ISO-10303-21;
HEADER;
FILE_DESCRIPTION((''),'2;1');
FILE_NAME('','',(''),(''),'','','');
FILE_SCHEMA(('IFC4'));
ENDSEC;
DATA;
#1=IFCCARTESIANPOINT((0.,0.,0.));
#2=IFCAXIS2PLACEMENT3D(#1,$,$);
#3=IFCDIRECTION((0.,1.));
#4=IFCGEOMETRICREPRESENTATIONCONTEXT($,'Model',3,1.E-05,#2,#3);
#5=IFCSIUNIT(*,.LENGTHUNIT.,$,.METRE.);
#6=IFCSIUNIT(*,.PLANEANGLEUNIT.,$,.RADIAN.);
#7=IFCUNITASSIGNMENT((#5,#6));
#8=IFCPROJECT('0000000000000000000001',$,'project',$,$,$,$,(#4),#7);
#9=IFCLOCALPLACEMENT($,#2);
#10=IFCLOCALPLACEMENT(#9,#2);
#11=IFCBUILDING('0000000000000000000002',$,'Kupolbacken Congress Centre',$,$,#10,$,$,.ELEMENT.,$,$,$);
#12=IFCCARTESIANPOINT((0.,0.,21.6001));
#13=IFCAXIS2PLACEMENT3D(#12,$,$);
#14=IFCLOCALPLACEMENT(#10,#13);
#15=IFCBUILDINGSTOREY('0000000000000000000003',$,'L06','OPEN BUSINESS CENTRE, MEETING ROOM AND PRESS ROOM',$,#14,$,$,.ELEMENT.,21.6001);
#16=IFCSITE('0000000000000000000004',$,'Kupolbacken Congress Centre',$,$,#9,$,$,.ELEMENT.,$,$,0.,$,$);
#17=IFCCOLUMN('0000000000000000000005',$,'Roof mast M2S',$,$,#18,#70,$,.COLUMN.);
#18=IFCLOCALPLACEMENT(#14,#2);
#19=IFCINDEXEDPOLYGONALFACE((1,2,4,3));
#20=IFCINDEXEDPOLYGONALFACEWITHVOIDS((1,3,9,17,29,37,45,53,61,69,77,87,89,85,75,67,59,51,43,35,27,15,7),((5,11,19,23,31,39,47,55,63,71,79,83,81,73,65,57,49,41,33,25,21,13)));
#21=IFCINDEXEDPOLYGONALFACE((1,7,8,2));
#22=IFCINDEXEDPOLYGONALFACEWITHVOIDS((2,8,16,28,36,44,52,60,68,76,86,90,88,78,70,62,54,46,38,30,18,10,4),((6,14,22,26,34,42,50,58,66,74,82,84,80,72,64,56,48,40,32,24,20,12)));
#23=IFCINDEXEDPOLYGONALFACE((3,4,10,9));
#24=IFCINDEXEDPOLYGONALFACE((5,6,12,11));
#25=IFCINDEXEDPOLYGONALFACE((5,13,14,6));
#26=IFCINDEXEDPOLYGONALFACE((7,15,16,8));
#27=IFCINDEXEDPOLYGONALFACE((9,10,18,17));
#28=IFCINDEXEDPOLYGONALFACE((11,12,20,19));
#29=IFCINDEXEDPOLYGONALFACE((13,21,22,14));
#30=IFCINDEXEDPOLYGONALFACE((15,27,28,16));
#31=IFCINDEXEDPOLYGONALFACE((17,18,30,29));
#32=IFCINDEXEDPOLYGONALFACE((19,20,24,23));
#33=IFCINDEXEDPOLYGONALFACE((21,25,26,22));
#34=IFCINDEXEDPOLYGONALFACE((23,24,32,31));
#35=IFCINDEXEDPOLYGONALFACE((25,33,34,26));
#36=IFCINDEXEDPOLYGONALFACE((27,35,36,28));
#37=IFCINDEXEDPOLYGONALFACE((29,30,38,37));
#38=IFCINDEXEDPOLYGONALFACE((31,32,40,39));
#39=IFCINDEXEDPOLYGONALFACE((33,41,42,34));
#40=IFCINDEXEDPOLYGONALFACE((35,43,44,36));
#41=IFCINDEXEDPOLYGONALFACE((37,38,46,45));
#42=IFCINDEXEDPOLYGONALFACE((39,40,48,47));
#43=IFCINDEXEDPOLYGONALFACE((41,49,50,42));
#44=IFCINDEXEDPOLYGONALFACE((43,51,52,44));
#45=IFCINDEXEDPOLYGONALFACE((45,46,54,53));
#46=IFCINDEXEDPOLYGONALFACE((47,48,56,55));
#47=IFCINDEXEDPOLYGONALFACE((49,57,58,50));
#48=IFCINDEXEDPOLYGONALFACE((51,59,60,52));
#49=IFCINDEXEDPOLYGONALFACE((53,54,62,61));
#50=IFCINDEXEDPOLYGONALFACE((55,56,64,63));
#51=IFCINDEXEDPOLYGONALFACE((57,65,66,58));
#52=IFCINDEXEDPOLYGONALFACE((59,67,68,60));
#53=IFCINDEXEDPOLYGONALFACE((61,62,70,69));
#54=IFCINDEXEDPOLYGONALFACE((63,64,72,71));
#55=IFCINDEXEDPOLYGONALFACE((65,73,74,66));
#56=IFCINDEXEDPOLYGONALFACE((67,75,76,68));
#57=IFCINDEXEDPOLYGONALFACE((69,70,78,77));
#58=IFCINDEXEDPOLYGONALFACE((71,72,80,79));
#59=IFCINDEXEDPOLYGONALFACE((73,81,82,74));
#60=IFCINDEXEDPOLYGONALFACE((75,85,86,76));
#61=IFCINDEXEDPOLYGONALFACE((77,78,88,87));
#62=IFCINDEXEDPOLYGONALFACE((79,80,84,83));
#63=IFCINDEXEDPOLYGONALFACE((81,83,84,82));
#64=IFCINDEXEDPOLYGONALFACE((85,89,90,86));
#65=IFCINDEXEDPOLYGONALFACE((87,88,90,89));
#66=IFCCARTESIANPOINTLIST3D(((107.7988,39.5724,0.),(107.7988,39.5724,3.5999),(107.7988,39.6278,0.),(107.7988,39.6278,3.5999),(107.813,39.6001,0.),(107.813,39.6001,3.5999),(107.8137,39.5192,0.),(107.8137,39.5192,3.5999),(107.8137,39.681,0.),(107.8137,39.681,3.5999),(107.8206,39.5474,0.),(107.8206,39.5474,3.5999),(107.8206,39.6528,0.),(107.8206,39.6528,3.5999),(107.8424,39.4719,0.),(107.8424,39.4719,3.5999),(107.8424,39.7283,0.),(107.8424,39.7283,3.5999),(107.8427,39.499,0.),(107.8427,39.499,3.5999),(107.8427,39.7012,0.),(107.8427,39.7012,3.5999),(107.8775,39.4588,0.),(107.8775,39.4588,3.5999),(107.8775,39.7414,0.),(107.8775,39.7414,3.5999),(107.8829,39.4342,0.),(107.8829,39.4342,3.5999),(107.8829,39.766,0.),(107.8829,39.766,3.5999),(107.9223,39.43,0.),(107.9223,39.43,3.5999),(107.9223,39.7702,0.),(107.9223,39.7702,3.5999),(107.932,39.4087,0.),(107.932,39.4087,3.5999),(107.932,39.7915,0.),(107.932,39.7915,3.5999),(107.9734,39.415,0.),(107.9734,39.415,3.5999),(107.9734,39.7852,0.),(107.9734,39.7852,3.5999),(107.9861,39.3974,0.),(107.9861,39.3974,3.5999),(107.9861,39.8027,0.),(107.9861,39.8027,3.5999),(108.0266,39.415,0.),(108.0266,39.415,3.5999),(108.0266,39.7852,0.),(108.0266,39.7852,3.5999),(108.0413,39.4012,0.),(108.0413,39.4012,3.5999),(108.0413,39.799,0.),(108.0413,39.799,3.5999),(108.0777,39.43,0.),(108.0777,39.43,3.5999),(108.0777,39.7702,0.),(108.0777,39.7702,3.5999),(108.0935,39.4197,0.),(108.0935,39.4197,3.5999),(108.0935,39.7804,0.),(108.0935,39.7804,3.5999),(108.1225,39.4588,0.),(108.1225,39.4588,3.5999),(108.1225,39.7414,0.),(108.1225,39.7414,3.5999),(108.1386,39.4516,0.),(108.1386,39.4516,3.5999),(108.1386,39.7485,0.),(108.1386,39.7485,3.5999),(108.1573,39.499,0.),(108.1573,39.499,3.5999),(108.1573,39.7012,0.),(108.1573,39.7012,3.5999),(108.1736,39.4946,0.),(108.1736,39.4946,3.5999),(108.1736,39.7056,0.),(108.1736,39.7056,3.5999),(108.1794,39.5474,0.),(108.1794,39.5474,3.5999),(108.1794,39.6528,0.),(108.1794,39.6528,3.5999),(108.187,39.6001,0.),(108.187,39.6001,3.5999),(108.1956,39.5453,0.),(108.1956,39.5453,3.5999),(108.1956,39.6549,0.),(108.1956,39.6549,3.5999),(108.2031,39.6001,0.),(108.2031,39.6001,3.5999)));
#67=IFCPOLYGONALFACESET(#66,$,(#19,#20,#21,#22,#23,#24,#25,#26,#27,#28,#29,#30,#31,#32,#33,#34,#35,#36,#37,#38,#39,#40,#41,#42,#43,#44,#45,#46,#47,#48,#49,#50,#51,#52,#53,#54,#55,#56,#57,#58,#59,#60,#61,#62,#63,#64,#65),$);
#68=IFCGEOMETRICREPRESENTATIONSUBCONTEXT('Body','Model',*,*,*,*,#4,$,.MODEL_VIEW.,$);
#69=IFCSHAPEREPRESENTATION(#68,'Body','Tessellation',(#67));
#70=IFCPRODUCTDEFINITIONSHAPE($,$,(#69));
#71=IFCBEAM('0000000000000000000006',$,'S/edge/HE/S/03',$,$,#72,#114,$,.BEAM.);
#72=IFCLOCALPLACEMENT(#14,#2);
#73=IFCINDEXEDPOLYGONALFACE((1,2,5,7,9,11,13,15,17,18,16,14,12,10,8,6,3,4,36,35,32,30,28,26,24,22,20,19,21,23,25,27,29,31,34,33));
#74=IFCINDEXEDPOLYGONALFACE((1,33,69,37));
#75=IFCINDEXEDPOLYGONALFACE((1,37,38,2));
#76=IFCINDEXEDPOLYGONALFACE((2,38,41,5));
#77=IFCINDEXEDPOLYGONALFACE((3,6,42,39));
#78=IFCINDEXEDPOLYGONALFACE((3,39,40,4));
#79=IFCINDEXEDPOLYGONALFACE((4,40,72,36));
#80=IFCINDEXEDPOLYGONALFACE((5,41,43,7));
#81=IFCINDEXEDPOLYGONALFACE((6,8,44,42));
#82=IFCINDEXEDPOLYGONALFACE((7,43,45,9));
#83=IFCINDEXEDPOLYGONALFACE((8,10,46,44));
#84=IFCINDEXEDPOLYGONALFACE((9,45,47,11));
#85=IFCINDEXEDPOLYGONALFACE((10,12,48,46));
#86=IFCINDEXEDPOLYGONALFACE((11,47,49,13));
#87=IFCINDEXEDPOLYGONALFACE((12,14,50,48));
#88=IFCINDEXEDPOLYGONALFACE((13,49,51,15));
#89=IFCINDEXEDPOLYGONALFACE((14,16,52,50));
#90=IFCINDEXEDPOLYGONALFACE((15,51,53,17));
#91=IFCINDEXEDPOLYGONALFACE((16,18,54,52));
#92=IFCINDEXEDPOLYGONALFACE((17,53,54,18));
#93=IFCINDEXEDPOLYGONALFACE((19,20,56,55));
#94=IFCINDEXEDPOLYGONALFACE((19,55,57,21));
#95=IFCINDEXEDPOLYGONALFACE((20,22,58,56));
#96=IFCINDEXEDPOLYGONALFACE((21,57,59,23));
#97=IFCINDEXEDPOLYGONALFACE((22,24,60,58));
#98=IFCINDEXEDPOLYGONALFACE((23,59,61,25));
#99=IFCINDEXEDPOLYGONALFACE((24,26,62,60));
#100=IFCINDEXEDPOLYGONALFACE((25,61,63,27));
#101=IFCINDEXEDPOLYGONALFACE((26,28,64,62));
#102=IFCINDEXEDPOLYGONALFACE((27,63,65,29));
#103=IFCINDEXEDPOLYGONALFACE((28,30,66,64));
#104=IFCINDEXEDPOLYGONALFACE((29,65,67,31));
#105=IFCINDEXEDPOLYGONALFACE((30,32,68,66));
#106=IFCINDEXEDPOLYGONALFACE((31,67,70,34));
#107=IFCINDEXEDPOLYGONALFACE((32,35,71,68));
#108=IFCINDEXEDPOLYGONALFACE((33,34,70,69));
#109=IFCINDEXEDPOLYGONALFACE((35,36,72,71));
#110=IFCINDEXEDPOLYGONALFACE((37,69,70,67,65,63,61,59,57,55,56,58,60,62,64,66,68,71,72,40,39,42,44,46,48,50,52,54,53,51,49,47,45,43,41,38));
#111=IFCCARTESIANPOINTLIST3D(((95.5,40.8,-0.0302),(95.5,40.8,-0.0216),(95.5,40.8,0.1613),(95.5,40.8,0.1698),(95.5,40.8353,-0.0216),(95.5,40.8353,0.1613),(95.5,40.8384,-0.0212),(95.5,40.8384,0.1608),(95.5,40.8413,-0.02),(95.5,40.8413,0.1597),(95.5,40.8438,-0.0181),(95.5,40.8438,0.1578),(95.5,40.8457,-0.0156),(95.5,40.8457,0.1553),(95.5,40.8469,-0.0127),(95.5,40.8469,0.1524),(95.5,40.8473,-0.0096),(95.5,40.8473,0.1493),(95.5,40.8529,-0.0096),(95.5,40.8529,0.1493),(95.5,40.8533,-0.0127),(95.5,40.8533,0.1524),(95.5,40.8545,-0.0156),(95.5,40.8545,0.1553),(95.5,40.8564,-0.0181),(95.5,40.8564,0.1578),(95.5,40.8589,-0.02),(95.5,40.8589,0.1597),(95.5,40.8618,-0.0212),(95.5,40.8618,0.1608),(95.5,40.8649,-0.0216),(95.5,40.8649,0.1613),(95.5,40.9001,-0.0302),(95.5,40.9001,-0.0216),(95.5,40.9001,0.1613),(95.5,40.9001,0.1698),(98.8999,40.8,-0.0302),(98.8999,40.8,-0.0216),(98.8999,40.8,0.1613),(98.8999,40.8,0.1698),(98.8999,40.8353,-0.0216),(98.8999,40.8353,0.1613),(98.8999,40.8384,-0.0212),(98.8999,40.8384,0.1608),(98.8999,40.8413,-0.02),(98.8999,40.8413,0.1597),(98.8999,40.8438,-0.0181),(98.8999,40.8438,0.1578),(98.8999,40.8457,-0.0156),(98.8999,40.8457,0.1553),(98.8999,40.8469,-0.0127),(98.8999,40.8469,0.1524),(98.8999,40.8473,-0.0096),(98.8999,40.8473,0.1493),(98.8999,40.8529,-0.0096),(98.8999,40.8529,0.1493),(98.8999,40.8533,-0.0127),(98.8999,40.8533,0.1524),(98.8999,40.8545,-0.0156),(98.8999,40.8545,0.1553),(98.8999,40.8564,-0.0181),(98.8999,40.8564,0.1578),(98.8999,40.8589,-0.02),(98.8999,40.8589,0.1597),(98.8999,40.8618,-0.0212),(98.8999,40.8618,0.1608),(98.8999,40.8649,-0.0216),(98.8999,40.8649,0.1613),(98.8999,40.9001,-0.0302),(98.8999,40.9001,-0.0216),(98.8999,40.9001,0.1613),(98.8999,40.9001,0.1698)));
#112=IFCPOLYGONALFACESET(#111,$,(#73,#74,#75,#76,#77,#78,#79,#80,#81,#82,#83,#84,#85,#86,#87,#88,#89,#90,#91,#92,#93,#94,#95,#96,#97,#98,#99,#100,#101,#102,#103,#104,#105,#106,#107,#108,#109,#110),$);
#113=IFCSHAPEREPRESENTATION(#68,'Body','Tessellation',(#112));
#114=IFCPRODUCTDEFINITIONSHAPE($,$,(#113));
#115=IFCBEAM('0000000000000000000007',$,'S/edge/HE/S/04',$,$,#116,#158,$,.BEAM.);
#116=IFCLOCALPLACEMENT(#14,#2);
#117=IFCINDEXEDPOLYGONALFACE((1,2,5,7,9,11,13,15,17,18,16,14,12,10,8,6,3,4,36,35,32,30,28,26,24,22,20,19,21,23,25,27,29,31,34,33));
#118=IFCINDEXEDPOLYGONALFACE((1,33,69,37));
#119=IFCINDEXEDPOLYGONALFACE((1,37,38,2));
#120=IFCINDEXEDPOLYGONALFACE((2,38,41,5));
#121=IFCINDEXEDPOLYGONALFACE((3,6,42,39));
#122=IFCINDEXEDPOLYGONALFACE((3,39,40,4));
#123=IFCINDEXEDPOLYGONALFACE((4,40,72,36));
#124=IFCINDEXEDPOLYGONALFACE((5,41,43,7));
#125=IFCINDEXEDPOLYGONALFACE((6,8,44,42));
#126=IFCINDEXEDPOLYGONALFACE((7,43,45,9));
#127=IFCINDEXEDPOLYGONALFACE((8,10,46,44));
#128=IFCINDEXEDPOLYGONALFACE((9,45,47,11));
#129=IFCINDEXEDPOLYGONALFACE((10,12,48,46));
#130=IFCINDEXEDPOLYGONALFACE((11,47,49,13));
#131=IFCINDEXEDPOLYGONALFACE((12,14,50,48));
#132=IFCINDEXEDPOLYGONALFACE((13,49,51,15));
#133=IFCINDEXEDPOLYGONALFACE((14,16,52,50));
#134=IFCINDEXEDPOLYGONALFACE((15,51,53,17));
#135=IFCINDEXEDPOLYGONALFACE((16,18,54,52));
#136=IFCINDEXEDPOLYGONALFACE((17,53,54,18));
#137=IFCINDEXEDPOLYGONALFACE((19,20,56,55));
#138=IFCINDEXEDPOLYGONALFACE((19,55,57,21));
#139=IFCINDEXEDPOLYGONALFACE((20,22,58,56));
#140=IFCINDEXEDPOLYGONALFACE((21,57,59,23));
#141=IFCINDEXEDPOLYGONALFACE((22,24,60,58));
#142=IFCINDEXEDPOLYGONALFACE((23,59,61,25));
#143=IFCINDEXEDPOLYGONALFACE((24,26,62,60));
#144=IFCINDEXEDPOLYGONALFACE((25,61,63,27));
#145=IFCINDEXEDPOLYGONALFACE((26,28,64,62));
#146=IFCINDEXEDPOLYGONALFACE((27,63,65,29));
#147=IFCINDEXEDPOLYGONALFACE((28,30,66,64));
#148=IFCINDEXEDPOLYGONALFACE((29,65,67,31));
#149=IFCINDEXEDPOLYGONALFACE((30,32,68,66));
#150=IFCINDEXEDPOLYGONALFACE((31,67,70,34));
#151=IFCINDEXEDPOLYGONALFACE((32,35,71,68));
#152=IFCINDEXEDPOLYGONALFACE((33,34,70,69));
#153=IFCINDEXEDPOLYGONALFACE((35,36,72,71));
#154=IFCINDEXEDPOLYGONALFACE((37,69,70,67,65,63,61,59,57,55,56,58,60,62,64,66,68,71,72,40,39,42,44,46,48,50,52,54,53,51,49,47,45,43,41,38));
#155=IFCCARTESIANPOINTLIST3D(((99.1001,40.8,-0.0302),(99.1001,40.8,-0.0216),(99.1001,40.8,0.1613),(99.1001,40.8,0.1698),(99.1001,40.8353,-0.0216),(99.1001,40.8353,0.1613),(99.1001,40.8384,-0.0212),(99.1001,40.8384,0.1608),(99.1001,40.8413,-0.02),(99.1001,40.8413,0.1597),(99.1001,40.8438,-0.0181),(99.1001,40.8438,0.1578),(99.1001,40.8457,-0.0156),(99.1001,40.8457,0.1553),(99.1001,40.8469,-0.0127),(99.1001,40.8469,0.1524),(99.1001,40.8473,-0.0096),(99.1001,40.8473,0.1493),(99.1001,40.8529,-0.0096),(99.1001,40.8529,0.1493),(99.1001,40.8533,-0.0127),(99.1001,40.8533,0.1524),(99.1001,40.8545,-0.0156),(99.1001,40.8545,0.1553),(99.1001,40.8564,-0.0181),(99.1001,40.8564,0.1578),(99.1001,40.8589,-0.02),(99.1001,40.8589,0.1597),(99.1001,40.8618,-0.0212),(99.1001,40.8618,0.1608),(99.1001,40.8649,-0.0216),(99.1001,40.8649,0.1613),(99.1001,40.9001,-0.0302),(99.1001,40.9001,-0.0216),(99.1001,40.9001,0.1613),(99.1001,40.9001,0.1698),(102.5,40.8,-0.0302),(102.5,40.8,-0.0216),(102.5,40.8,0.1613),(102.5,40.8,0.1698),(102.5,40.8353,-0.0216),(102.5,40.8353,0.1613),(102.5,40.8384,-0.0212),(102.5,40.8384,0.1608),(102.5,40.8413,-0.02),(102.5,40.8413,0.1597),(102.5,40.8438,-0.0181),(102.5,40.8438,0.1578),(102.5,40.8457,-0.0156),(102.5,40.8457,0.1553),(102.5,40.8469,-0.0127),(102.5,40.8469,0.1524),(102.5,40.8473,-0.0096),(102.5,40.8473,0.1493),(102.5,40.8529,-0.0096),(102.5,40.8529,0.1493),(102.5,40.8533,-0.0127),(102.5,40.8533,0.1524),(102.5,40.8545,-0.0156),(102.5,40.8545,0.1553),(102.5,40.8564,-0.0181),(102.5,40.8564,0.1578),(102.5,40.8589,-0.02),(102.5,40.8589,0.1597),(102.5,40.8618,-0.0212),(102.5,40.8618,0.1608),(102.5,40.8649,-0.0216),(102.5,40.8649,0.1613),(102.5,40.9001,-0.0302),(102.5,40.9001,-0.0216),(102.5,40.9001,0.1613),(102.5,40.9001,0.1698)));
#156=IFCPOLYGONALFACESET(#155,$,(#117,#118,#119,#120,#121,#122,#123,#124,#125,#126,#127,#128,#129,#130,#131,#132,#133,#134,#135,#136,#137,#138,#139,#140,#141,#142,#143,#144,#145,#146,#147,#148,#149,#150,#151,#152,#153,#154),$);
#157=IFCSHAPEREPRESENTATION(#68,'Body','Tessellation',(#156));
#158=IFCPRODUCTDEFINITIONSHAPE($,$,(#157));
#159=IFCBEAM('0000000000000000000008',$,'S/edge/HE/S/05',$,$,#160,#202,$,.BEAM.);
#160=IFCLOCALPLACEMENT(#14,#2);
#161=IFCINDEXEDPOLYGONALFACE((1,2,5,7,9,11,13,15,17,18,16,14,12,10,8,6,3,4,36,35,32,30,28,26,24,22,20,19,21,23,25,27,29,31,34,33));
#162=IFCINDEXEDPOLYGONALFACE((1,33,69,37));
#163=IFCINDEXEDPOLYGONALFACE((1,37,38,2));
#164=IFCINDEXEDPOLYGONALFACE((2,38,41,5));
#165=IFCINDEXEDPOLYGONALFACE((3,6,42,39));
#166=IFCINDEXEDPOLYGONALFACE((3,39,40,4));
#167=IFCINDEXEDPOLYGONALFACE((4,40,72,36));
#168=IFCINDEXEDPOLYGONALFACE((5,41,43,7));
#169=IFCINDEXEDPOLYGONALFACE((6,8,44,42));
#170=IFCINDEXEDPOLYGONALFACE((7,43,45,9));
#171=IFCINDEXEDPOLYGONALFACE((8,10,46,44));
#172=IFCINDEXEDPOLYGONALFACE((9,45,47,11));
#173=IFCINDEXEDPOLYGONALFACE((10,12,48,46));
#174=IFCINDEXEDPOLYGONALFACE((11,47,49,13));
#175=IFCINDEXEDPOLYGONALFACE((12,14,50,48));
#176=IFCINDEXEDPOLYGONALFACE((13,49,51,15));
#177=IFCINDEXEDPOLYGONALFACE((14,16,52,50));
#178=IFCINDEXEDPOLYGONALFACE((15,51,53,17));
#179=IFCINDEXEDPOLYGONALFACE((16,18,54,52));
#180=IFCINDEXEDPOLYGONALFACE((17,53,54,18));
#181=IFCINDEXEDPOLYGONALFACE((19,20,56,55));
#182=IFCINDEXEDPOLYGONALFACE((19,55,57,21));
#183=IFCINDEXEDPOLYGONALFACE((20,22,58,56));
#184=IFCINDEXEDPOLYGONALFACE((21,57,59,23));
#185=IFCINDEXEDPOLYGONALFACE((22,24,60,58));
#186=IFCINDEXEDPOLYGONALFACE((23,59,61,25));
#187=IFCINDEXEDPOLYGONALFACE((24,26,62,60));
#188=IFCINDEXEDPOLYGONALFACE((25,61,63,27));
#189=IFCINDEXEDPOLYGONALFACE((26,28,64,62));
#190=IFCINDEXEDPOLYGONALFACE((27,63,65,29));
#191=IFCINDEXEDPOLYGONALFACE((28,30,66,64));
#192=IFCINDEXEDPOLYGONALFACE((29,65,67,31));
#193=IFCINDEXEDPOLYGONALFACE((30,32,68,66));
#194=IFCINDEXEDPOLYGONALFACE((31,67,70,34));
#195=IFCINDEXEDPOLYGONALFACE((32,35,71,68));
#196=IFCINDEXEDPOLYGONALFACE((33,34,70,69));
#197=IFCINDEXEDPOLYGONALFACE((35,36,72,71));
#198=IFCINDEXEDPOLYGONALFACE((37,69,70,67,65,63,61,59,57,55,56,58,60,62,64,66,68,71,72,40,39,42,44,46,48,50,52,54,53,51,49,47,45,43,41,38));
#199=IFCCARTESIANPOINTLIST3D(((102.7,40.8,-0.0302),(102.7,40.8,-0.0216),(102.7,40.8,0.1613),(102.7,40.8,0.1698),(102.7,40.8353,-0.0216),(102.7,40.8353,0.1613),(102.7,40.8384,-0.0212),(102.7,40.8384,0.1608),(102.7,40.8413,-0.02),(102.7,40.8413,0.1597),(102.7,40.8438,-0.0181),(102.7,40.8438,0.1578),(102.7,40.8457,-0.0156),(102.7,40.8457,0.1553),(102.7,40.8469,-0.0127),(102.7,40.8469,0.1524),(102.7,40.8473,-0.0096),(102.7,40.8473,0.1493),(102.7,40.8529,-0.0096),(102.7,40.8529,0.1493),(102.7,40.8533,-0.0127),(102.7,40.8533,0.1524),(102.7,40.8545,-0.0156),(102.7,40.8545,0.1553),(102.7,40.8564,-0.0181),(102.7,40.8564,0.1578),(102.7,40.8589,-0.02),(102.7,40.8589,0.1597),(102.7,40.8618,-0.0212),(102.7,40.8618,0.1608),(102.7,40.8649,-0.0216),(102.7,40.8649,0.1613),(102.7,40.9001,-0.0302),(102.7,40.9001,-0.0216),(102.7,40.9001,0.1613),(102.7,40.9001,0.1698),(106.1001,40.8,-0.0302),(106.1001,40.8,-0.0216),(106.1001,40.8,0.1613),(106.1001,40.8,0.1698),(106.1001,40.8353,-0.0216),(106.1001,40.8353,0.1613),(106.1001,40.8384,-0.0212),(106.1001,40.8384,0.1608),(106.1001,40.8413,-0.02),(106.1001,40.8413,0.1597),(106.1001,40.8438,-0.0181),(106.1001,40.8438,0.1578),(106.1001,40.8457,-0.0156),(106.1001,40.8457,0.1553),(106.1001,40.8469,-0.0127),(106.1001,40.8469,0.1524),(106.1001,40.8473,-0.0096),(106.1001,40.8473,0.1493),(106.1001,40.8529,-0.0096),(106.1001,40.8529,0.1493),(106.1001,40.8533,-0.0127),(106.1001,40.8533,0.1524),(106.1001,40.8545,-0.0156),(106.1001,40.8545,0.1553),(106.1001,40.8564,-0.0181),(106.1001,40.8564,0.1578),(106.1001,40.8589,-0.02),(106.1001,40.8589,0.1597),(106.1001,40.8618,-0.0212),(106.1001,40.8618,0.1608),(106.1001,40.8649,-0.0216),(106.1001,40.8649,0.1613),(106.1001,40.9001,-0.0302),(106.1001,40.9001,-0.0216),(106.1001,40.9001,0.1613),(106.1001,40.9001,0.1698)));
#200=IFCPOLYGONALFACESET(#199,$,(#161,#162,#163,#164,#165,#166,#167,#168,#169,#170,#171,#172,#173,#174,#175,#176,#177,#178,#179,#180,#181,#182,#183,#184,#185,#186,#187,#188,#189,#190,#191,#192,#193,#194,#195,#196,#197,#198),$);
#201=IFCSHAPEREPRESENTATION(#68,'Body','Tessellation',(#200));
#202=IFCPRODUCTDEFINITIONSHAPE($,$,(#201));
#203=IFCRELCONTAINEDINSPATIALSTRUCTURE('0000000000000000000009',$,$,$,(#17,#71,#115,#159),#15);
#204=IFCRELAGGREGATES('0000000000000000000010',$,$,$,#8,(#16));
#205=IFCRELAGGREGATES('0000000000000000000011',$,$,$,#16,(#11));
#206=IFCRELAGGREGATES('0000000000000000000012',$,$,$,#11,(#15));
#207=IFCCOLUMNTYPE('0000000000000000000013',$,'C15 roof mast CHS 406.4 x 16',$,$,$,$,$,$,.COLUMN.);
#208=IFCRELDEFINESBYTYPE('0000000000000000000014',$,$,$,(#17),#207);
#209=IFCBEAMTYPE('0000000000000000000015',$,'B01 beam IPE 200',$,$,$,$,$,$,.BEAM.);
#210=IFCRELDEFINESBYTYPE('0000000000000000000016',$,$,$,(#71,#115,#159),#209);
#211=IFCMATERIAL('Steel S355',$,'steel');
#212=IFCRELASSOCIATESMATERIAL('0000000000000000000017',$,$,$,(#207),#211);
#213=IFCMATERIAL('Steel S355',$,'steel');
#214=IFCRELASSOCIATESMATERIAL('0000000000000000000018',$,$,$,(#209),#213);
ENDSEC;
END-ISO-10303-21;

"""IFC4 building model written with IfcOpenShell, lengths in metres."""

from ifc_helpers import new_model, si_unit, direction, frame, origin, origin_2d, place, context, subcontext, project, spatial, hollow_circle, i_section, extrude, material, material_profile, profile_set, type_object, element, save


model = new_model("IFC4")

# Units and contexts
model_context = context("Model", 3, precision=1e-05, world=origin(), true_north=direction((0.0, 1.0)))
body_context = subcontext(model_context, "Body", "Model", "MODEL_VIEW")
ifc_project = project(units=[si_unit("LENGTHUNIT", "METRE"), si_unit("PLANEANGLEUNIT", "RADIAN")], contexts=[model_context])

# Site, building, storey
site_placement = place(None, origin())
site = spatial("IfcSite", under=ifc_project, at=site_placement, Name="Kupolbacken Congress Centre", CompositionType="ELEMENT", RefElevation=0.0)
building_placement = place(site_placement, origin())
building = spatial("IfcBuilding", under=site, at=building_placement, Name="Kupolbacken Congress Centre", CompositionType="ELEMENT")
storey_placement = place(building_placement, frame((0.0, 0.0, 21.6001)))
storey = spatial("IfcBuildingStorey", under=building, at=storey_placement, Name="L06", Description="OPEN BUSINESS CENTRE, MEETING ROOM AND PRESS ROOM", CompositionType="ELEMENT", Elevation=21.6001)

# Column
ifc_material_1 = material(Name="Steel S355", Category="steel")
ifc_material_profile_1 = material_profile(ifc_material_1, hollow_circle(Radius=0.2031, WallThickness=0.0161, at=origin_2d()), Name="CHS 406.4 x 16")
ifc_profile_set_1 = profile_set([ifc_material_profile_1], Name="Steel S355")
column_type = type_object("IfcColumnType", Name="C15 roof mast CHS 406.4 x 16", PredefinedType="COLUMN", material=ifc_profile_set_1)
column_placement = place(storey_placement, frame((108.0, 39.6001, 0.0), z_axis=(0.0, 0.0, 1.0), x_axis=(1.0, 0.0, 0.0)))
element("IfcColumn", 1, at=column_placement, inside=storey, type_object=column_type, Name="Roof mast M2S", PredefinedType="COLUMN", context=body_context, shape_type="SweptSolid", body=[
    extrude(hollow_circle(Radius=0.2031, WallThickness=0.0161, at=origin_2d()), origin(), (0.0, 0.0, 1.0), 3.5999),
])

# Beams
ifc_material_2 = material(Name="Steel S355", Category="steel")
ifc_material_profile_2 = material_profile(ifc_material_2, i_section(OverallWidth=0.1001, OverallDepth=0.2, WebThickness=0.0056, FlangeThickness=0.0085, FilletRadius=0.012, at=origin_2d()), Name="IPE 200")
ifc_profile_set_2 = profile_set([ifc_material_profile_2], Name="Steel S355")
beam_type_1 = type_object("IfcBeamType", Name="B01 beam IPE 200", PredefinedType="BEAM", material=ifc_profile_set_2)
for number, where, z_axis, x_axis, name in (
    (2, (95.5, 40.8501, 0.0698), (1.0, 0.0, 0.0), (0.0, 1.0, 0.0), "S/edge/HE/S/03"),
    (3, (99.1001, 40.8501, 0.0698), (1.0, 0.0, 0.0), (0.0, 1.0, 0.0), "S/edge/HE/S/04"),
):
    element("IfcBeam", number, at=place(storey_placement, frame(where, z_axis=z_axis, x_axis=x_axis)), inside=storey, type_object=beam_type_1, Name=name, PredefinedType="BEAM", context=body_context, shape_type="SweptSolid", body=[
        extrude(i_section(OverallWidth=0.1001, OverallDepth=0.2, WebThickness=0.0056, FlangeThickness=0.0085, FilletRadius=0.012, at=origin_2d()), origin(), (0.0, 0.0, 1.0), 3.3999),
    ])
beam_1_placement = place(storey_placement, frame((102.7, 40.8501, 0.0698), z_axis=(1.0, 0.0, 0.0), x_axis=(0.0, 1.0, 0.0)))
element("IfcBeam", 4, at=beam_1_placement, inside=storey, type_object=beam_type_1, Name="S/edge/HE/S/05", PredefinedType="BEAM", context=body_context, shape_type="SweptSolid", body=[
    extrude(i_section(OverallWidth=0.1001, OverallDepth=0.2, WebThickness=0.0056, FlangeThickness=0.0085, FilletRadius=0.012, at=origin_2d()), origin(), (0.0, 0.0, 1.0), 3.4001),
])

save(model, "model.ifc")
